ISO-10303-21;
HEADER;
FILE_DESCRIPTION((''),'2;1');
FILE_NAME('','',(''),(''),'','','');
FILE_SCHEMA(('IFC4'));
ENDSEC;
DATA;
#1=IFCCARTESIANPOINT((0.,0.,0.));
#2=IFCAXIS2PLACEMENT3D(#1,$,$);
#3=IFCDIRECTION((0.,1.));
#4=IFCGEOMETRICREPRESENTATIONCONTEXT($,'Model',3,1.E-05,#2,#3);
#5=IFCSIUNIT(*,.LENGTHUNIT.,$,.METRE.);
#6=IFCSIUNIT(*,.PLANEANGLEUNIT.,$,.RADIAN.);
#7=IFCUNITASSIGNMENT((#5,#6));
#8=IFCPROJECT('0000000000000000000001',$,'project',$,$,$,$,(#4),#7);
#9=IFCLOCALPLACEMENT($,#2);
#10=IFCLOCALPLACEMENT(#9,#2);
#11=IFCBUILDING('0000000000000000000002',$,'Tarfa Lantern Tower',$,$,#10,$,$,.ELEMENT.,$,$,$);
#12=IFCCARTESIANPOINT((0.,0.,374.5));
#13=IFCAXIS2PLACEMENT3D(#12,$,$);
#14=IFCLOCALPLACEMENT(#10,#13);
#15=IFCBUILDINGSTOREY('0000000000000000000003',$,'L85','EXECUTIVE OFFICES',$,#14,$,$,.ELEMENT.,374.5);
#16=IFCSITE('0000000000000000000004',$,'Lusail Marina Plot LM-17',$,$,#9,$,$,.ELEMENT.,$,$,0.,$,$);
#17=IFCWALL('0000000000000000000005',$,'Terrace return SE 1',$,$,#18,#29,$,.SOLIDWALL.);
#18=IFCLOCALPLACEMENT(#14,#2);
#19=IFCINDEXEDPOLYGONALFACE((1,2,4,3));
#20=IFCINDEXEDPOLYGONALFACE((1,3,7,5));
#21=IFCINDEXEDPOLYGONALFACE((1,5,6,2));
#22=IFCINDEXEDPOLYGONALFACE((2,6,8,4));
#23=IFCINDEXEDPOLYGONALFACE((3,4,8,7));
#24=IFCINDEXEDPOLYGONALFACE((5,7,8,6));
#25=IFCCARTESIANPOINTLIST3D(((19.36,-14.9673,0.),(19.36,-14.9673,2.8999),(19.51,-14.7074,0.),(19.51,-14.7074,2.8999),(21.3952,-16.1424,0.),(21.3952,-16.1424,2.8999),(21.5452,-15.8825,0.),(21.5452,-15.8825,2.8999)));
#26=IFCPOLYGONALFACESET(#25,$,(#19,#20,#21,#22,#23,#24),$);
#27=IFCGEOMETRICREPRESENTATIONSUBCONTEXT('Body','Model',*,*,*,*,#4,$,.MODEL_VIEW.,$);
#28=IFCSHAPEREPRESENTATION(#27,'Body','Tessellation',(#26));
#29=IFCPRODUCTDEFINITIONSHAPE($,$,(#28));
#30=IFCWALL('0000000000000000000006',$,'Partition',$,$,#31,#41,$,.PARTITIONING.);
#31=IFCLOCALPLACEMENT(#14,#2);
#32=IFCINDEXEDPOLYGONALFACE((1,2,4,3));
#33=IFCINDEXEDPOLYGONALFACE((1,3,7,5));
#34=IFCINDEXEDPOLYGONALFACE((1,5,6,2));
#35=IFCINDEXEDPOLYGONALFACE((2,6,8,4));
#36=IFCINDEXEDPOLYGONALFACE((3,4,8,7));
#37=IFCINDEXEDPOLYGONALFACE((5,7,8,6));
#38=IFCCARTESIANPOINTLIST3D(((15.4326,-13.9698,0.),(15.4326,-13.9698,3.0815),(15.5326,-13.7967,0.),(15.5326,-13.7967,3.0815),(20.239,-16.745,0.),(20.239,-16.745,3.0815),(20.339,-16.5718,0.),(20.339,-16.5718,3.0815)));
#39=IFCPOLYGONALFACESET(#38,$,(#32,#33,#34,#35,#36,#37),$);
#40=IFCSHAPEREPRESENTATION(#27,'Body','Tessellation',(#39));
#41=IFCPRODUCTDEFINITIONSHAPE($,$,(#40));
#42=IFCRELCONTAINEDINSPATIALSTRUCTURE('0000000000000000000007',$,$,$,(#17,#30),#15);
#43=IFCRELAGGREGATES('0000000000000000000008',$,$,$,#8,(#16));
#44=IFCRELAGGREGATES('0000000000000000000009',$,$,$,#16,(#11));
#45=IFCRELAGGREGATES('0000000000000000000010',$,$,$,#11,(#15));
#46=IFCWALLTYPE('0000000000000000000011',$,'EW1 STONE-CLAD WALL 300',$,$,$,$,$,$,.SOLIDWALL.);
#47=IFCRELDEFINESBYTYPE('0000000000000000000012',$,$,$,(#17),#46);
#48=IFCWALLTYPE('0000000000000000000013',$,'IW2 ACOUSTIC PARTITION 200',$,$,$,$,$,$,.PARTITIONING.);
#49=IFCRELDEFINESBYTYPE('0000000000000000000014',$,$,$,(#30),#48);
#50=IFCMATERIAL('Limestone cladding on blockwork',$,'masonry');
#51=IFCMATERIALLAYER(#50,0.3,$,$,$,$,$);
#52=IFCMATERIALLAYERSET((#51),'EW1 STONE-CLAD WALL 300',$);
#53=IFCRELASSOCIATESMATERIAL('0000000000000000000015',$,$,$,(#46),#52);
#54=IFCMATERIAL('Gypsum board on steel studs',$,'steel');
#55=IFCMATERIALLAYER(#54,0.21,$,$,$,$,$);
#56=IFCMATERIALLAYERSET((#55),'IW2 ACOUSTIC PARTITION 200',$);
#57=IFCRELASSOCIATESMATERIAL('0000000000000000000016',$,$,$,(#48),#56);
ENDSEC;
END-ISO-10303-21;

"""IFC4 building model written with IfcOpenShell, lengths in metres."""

from ifc_helpers import new_model, si_unit, direction, frame, frame_2d, origin, place, context, subcontext, project, spatial, rectangle, extrude, material, layer, layer_set, type_object, element, save


model = new_model("IFC4")

# Units and contexts
model_context = context("Model", 3, precision=1e-05, world=origin(), true_north=direction((0.0, 1.0)))
body_context = subcontext(model_context, "Body", "Model", "MODEL_VIEW")
ifc_project = project(units=[si_unit("LENGTHUNIT", "METRE"), si_unit("PLANEANGLEUNIT", "RADIAN")], contexts=[model_context])

# Site, building, storey
site_placement = place(None, origin())
site = spatial("IfcSite", under=ifc_project, at=site_placement, Name="Lusail Marina Plot LM-17", CompositionType="ELEMENT", RefElevation=0.0)
building_placement = place(site_placement, origin())
building = spatial("IfcBuilding", under=site, at=building_placement, Name="Tarfa Lantern Tower", CompositionType="ELEMENT")
storey_placement = place(building_placement, frame((0.0, 0.0, 374.5)))
storey = spatial("IfcBuildingStorey", under=building, at=storey_placement, Name="L85", Description="EXECUTIVE OFFICES", CompositionType="ELEMENT", Elevation=374.5)

# Shared definitions
ifc_material_1 = material(Name="Limestone cladding on blockwork", Category="masonry")
ifc_layer_1 = layer(ifc_material_1, 0.3)
ifc_layer_set_1 = layer_set([ifc_layer_1], Name="EW1 STONE-CLAD WALL 300")
wall_type_1 = type_object("IfcWallType", Name="EW1 STONE-CLAD WALL 300", PredefinedType="SOLIDWALL", material=ifc_layer_set_1)

# Wall
wall_1_placement = place(storey_placement, frame((21.4702, -16.0125, 0.0), z_axis=(0.0, 0.0, 1.0), x_axis=(-0.866016, 0.500016, 0.0)))
element("IfcWall", 1, at=wall_1_placement, inside=storey, type_object=wall_type_1, Name="Terrace return SE 1", PredefinedType="SOLIDWALL", context=body_context, shape_type="SweptSolid", body=[
    extrude(rectangle(XDim=2.3501, YDim=0.3, at=frame_2d((1.175, 0.0))), origin(), (0.0, 0.0, 1.0), 2.8999),
])

# Shared definitions
ifc_material_2 = material(Name="Gypsum board on steel studs", Category="steel")
ifc_layer_2 = layer(ifc_material_2, 0.21)
ifc_layer_set_2 = layer_set([ifc_layer_2], Name="IW2 ACOUSTIC PARTITION 200")
wall_type_2 = type_object("IfcWallType", Name="IW2 ACOUSTIC PARTITION 200", PredefinedType="PARTITIONING", material=ifc_layer_set_2)

# Wall
wall_2_placement = place(storey_placement, frame((15.4827, -13.8833, 0.0), z_axis=(0.0, 0.0, 1.0), x_axis=(0.866012, -0.500023, 0.0)))
element("IfcWall", 2, at=wall_2_placement, inside=storey, type_object=wall_type_2, Name="Partition", PredefinedType="PARTITIONING", context=body_context, shape_type="SweptSolid", body=[
    extrude(rectangle(XDim=5.55, YDim=0.2, at=frame_2d((2.7749, 0.0))), origin(), (0.0, 0.0, 1.0), 3.0815),
])

save(model, "model.ifc")
